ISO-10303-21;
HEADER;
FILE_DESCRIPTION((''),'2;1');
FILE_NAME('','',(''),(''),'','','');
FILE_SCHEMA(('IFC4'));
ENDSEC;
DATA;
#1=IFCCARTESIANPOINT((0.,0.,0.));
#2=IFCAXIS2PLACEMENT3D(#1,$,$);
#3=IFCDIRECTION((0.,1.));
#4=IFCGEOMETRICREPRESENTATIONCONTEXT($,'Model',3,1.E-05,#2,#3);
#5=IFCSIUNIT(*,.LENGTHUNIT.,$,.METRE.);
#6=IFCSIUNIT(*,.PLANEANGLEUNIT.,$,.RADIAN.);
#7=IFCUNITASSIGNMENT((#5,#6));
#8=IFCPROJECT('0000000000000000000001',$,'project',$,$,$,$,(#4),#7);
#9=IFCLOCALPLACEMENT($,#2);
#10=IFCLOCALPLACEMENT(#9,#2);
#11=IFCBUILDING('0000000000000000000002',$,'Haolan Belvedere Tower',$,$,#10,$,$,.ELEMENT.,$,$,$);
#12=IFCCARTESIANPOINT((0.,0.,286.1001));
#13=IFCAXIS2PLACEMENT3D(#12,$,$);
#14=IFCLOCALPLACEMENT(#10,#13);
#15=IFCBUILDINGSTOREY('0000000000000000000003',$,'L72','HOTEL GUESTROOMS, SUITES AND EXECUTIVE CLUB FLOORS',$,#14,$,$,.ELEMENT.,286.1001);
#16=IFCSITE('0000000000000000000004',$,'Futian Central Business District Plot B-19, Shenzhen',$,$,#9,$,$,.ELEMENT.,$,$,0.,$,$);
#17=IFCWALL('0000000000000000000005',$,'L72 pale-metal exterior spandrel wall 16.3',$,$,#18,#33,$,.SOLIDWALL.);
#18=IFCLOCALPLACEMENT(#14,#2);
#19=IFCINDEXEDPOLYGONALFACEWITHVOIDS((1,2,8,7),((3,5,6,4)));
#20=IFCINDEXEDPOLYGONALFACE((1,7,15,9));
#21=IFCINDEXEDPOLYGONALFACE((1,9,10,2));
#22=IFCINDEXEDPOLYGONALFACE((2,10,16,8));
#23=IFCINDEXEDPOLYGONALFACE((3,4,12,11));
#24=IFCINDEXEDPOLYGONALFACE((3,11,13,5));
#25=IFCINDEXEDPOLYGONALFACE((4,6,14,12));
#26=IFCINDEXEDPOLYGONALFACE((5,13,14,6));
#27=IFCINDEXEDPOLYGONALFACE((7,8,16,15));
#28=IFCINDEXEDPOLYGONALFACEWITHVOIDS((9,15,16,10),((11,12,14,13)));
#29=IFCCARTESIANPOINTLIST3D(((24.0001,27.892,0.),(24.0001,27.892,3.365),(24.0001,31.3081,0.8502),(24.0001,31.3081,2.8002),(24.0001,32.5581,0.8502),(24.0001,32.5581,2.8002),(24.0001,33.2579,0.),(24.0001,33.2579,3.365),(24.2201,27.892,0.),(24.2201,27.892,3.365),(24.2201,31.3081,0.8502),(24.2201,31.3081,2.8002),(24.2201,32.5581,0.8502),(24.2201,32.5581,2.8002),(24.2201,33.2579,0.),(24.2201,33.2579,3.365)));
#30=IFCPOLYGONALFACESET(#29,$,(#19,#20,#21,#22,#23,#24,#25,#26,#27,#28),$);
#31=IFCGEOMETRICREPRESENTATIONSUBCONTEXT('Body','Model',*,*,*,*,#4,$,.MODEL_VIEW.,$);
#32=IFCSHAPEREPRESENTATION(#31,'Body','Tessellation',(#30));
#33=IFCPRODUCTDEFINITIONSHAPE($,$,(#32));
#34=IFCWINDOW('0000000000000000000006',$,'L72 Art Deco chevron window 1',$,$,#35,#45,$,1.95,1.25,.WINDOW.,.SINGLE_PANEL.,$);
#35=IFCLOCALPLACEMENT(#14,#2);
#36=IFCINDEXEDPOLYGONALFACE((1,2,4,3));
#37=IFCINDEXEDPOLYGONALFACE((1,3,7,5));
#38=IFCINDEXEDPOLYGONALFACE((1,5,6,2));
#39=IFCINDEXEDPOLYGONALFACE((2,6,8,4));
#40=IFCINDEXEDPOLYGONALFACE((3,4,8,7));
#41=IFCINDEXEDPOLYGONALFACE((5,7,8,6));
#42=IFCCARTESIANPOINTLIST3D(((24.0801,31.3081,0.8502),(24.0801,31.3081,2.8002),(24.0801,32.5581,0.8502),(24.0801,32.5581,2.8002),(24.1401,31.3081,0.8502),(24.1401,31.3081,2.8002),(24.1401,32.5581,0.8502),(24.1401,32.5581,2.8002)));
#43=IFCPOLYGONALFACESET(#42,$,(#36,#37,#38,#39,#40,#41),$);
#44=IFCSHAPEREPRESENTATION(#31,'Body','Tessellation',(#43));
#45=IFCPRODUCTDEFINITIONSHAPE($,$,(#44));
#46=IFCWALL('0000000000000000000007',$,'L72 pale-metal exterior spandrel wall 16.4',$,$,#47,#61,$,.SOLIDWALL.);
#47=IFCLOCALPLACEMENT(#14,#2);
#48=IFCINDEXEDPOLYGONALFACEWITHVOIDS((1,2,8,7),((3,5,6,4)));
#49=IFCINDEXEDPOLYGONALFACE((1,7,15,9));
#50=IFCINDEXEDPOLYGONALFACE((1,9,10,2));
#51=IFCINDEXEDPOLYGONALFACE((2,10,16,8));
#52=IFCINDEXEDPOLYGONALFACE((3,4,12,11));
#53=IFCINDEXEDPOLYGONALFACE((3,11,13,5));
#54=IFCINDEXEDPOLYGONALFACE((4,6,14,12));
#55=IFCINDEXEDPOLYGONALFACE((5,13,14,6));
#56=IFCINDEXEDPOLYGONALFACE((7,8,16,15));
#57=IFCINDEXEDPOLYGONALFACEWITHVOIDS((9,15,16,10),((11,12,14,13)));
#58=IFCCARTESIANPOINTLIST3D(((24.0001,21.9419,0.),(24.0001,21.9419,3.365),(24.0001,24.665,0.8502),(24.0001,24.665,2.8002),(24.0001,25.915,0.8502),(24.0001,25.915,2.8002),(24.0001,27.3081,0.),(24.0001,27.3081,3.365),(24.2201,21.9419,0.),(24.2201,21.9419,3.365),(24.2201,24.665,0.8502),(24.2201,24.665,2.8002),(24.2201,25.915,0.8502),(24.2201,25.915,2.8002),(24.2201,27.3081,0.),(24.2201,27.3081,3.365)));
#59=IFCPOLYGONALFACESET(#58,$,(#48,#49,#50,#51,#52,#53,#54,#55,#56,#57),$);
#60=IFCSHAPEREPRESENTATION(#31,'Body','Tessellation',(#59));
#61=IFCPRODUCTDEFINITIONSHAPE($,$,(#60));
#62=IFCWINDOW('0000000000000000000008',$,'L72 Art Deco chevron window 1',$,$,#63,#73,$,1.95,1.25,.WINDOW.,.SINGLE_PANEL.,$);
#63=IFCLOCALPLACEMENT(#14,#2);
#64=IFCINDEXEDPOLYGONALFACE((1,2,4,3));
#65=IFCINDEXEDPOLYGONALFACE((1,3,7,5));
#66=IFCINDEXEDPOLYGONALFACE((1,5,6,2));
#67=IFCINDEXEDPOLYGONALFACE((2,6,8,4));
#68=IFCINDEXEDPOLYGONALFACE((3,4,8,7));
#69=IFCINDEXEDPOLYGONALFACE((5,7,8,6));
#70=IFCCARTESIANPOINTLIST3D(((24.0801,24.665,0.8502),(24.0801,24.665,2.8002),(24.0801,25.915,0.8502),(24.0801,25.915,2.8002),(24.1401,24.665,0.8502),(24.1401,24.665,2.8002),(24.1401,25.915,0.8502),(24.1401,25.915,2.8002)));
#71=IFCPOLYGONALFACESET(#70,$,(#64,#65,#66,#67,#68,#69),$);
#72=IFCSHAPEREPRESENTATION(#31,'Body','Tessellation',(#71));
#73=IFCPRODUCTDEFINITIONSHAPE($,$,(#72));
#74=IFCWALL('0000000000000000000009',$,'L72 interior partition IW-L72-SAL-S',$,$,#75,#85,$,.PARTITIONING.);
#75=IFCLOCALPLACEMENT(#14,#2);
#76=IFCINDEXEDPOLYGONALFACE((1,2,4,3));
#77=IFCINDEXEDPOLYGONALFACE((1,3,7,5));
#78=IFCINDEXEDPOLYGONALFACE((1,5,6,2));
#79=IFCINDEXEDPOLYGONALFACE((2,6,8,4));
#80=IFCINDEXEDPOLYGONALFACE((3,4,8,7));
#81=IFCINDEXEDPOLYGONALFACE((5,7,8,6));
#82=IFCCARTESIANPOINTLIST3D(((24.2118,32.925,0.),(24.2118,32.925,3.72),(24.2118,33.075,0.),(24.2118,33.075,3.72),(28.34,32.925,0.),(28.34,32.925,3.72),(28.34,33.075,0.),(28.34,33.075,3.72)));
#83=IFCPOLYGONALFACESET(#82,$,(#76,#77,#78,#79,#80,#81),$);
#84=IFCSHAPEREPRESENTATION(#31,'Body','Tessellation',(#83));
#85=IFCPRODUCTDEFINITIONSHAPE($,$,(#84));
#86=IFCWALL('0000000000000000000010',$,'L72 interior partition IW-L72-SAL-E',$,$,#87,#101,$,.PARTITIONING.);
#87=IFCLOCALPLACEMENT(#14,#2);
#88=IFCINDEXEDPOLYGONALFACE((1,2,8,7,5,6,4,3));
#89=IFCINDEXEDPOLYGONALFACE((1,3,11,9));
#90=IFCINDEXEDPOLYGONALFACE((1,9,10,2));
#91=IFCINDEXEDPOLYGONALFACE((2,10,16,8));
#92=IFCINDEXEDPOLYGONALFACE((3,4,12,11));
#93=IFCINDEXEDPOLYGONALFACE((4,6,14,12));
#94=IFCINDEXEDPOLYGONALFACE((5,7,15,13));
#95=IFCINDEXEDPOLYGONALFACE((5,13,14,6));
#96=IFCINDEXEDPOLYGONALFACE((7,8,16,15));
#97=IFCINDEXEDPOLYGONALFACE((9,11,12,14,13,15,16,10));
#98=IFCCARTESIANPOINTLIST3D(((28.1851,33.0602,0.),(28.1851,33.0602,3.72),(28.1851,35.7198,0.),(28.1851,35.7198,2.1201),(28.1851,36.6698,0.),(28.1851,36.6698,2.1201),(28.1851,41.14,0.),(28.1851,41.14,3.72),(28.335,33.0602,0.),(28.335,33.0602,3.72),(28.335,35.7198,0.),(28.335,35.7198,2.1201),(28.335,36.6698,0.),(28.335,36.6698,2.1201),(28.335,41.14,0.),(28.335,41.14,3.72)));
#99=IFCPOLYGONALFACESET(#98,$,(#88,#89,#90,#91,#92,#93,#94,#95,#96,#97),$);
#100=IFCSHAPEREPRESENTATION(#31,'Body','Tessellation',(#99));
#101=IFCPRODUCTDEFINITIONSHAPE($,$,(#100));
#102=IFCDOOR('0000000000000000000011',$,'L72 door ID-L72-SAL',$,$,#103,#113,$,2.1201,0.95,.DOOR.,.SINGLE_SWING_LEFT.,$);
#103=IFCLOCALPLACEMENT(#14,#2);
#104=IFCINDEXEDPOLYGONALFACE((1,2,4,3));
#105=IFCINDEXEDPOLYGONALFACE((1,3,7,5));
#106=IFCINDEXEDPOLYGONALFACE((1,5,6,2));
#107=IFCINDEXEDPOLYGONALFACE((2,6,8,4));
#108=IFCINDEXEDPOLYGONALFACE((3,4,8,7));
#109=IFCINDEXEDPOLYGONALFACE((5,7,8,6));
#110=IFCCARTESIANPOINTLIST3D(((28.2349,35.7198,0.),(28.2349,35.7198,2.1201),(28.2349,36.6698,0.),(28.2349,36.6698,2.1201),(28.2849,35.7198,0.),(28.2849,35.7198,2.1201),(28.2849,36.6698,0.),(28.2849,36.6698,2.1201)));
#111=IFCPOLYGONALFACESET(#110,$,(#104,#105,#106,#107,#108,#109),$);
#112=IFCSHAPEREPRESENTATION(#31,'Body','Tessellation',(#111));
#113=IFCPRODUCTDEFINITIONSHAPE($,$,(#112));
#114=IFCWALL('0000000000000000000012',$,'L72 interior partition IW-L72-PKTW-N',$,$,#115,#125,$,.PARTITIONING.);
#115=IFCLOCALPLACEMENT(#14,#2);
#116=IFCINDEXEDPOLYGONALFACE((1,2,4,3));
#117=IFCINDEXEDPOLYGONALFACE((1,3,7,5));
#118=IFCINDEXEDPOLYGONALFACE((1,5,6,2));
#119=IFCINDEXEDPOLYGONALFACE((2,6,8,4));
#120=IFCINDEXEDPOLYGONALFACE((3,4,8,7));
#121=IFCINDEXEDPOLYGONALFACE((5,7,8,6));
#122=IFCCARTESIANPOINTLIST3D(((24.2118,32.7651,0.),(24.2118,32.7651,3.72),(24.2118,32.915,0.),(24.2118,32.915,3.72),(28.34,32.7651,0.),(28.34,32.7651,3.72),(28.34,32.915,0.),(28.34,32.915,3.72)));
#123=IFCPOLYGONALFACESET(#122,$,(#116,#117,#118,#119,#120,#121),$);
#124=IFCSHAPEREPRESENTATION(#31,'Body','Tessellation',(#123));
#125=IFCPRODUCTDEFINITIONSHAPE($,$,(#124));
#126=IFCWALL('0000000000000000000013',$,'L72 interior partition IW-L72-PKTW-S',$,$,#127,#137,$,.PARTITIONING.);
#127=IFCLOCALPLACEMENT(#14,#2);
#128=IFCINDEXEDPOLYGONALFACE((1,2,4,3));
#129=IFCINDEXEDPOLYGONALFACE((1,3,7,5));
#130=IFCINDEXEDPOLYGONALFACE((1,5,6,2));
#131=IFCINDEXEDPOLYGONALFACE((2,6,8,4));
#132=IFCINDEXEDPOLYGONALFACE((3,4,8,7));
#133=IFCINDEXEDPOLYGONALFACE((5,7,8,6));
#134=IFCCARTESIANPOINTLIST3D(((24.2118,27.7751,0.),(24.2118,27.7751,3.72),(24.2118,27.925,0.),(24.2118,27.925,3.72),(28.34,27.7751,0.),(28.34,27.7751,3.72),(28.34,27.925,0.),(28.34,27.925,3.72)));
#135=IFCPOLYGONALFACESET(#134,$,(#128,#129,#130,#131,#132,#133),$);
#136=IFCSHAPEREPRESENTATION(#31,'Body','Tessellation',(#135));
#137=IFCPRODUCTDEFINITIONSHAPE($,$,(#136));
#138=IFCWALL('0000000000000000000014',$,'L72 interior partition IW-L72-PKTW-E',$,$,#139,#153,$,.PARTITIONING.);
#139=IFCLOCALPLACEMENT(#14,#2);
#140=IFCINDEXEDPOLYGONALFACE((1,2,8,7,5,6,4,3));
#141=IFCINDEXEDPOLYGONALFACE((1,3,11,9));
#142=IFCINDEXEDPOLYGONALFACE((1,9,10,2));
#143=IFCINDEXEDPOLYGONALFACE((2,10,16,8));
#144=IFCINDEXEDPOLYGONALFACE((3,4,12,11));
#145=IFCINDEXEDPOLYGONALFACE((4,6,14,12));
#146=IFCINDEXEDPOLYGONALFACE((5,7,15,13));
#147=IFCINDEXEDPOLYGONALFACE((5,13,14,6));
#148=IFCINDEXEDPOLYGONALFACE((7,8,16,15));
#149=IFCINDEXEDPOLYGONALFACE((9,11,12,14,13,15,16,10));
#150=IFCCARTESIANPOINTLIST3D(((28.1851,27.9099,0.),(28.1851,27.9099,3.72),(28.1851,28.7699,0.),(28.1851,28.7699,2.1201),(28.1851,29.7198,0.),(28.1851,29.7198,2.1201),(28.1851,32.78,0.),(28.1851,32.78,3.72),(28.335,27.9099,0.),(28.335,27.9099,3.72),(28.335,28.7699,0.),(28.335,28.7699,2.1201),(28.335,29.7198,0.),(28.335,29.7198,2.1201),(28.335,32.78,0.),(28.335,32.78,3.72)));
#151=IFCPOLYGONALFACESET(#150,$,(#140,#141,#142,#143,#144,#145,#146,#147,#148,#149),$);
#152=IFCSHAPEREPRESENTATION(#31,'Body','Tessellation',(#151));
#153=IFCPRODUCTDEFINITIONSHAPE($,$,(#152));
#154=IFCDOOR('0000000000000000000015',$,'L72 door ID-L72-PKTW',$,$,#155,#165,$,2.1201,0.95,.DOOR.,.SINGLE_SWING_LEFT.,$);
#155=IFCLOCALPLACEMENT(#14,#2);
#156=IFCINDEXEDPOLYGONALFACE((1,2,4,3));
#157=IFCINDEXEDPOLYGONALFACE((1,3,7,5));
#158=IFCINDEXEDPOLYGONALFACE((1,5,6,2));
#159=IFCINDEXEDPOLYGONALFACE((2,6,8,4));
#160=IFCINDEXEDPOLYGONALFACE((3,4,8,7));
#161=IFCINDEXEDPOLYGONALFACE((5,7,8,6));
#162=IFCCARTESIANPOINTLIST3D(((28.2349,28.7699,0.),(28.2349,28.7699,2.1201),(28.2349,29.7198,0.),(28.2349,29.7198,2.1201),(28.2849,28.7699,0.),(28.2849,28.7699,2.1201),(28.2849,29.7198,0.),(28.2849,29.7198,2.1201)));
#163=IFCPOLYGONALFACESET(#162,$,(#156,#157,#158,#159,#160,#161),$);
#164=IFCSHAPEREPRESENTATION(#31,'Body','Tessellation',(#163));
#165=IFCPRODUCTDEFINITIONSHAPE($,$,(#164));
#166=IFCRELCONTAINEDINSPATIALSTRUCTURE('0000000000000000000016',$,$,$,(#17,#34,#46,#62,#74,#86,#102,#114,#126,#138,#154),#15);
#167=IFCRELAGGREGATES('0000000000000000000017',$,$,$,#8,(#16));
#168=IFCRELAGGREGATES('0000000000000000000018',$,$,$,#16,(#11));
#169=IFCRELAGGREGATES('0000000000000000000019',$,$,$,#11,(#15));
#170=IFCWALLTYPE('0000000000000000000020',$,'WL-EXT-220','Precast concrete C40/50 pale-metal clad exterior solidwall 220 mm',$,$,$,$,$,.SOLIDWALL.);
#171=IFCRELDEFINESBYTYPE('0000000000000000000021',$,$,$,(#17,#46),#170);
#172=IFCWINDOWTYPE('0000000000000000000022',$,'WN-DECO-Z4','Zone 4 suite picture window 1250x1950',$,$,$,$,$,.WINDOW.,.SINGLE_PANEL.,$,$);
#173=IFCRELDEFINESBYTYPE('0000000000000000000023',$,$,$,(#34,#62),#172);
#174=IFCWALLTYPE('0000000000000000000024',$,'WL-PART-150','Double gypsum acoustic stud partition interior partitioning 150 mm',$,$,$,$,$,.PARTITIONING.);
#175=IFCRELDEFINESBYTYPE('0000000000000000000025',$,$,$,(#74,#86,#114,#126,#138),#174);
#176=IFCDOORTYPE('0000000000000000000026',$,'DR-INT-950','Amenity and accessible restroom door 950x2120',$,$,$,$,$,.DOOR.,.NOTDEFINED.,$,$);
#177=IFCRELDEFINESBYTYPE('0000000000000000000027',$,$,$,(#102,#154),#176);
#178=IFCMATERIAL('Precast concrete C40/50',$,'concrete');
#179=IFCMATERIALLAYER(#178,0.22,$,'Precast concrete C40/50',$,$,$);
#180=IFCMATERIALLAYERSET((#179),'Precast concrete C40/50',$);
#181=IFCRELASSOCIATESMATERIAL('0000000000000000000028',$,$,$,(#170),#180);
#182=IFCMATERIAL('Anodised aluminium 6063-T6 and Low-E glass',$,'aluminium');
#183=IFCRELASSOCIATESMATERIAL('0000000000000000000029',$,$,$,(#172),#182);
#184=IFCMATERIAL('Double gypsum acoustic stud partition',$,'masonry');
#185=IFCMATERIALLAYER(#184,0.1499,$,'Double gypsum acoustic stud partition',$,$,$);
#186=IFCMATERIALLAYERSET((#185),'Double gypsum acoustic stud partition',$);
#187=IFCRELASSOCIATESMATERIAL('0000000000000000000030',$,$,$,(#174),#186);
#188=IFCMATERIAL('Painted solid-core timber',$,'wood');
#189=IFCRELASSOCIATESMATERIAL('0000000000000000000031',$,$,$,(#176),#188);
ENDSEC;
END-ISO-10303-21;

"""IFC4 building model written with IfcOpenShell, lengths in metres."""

from ifc_helpers import new_model, si_unit, direction, frame, frame_2d, origin, place, context, subcontext, project, spatial, rectangle, extrude, material, layer, layer_set, type_object, element, fill, save


model = new_model("IFC4")

# Units and contexts
model_context = context("Model", 3, precision=1e-05, world=origin(), true_north=direction((0.0, 1.0)))
body_context = subcontext(model_context, "Body", "Model", "MODEL_VIEW")
ifc_project = project(units=[si_unit("LENGTHUNIT", "METRE"), si_unit("PLANEANGLEUNIT", "RADIAN")], contexts=[model_context])

# Site, building, storey
site_placement = place(None, origin())
site = spatial("IfcSite", under=ifc_project, at=site_placement, Name="Futian Central Business District Plot B-19, Shenzhen", CompositionType="ELEMENT", RefElevation=0.0)
building_placement = place(site_placement, origin())
building = spatial("IfcBuilding", under=site, at=building_placement, Name="Haolan Belvedere Tower", CompositionType="ELEMENT")
storey_placement = place(building_placement, frame((0.0, 0.0, 286.1001)))
storey = spatial("IfcBuildingStorey", under=building, at=storey_placement, Name="L72", Description="HOTEL GUESTROOMS, SUITES AND EXECUTIVE CLUB FLOORS", CompositionType="ELEMENT", Elevation=286.1001)

# Walls, openings, windows
ifc_material_1 = material(Name="Precast concrete C40/50", Category="concrete")
ifc_layer_1 = layer(ifc_material_1, 0.22, Name="Precast concrete C40/50")
ifc_layer_set_1 = layer_set([ifc_layer_1], Name="Precast concrete C40/50")
wall_type_1 = type_object("IfcWallType", Name="WL-EXT-220", Description="Precast concrete C40/50 pale-metal clad exterior solidwall 220 mm", PredefinedType="SOLIDWALL", material=ifc_layer_set_1)
wall_1_placement = place(storey_placement, frame((24.1101, 33.2581, 0.0), z_axis=(0.0, 0.0, 1.0), x_axis=(0.0, -1.0, 0.0)))
wall_1 = element("IfcWall", 1, at=wall_1_placement, inside=storey, type_object=wall_type_1, Name="L72 pale-metal exterior spandrel wall 16.3", PredefinedType="SOLIDWALL", context=body_context, shape_type="SweptSolid", body=[
    extrude(rectangle(XDim=5.366, YDim=0.22, at=frame_2d((2.6831, 0.0))), origin(), (0.0, 0.0, 1.0), 3.365),
])
opening_1_placement = place(wall_1_placement, frame((0.7, 0.0, 0.8501)))
opening_1 = element("IfcOpeningElement", 2, at=opening_1_placement, cuts=wall_1, PredefinedType="OPENING", context=body_context, shape_type="SweptSolid", body=[
    extrude(rectangle(XDim=1.25, YDim=1.95, at=frame_2d((0.625, 0.9751))), frame((0.0, 0.1199, 0.0), z_axis=(0.0, -1.0, 0.0), x_axis=(1.0, 0.0, 0.0)), (0.0, 0.0, 1.0), 0.24),
])
ifc_material_2 = material(Name="Anodised aluminium 6063-T6 and Low-E glass", Category="aluminium")
window_type = type_object("IfcWindowType", Name="WN-DECO-Z4", Description="Zone 4 suite picture window 1250x1950", PartitioningType="SINGLE_PANEL", PredefinedType="WINDOW", material=ifc_material_2)
window_1_placement = place(opening_1_placement, origin())
window_1 = element("IfcWindow", 3, at=window_1_placement, inside=storey, type_object=window_type, Name="L72 Art Deco chevron window 1", OverallHeight=1.95, OverallWidth=1.25, PartitioningType="SINGLE_PANEL", PredefinedType="WINDOW", context=body_context, shape_type="SweptSolid", body=[
    extrude(rectangle(XDim=1.25, YDim=1.95, at=frame_2d((0.625, 0.9751))), frame((0.0, 0.03, 0.0), z_axis=(0.0, -1.0, 0.0), x_axis=(1.0, 0.0, 0.0)), (0.0, 0.0, 1.0), 0.0601),
])
fill(opening_1, window_1)
wall_2_placement = place(storey_placement, frame((24.1101, 27.3081, 0.0), z_axis=(0.0, 0.0, 1.0), x_axis=(0.0, -1.0, 0.0)))
wall_2 = element("IfcWall", 4, at=wall_2_placement, inside=storey, type_object=wall_type_1, Name="L72 pale-metal exterior spandrel wall 16.4", PredefinedType="SOLIDWALL", context=body_context, shape_type="SweptSolid", body=[
    extrude(rectangle(XDim=5.3662, YDim=0.22, at=frame_2d((2.6831, 0.0))), origin(), (0.0, 0.0, 1.0), 3.365),
])
opening_2_placement = place(wall_2_placement, frame((1.3931, 0.0, 0.8501)))
opening_2 = element("IfcOpeningElement", 5, at=opening_2_placement, cuts=wall_2, PredefinedType="OPENING", context=body_context, shape_type="SweptSolid", body=[
    extrude(rectangle(XDim=1.25, YDim=1.95, at=frame_2d((0.625, 0.9751))), frame((0.0, 0.1199, 0.0), z_axis=(0.0, -1.0, 0.0), x_axis=(1.0, 0.0, 0.0)), (0.0, 0.0, 1.0), 0.24),
])
window_2_placement = place(opening_2_placement, origin())
window_2 = element("IfcWindow", 6, at=window_2_placement, inside=storey, type_object=window_type, Name="L72 Art Deco chevron window 1", OverallHeight=1.95, OverallWidth=1.25, PartitioningType="SINGLE_PANEL", PredefinedType="WINDOW", context=body_context, shape_type="SweptSolid", body=[
    extrude(rectangle(XDim=1.25, YDim=1.95, at=frame_2d((0.625, 0.9751))), frame((0.0, 0.03, 0.0), z_axis=(0.0, -1.0, 0.0), x_axis=(1.0, 0.0, 0.0)), (0.0, 0.0, 1.0), 0.0601),
])
fill(opening_2, window_2)

# Wall
ifc_material_3 = material(Name="Double gypsum acoustic stud partition", Category="masonry")
ifc_layer_2 = layer(ifc_material_3, 0.1499, Name="Double gypsum acoustic stud partition")
ifc_layer_set_2 = layer_set([ifc_layer_2], Name="Double gypsum acoustic stud partition")
wall_type_2 = type_object("IfcWallType", Name="WL-PART-150", Description="Double gypsum acoustic stud partition interior partitioning 150 mm", PredefinedType="PARTITIONING", material=ifc_layer_set_2)
wall_3_placement = place(storey_placement, frame((24.2119, 33.0, 0.0), z_axis=(0.0, 0.0, 1.0), x_axis=(1.0, 0.0, 0.0)))
element("IfcWall", 7, at=wall_3_placement, inside=storey, type_object=wall_type_2, Name="L72 interior partition IW-L72-SAL-S", PredefinedType="PARTITIONING", context=body_context, shape_type="SweptSolid", body=[
    extrude(rectangle(XDim=4.1282, YDim=0.1499, at=frame_2d((2.064, 0.0))), origin(), (0.0, 0.0, 1.0), 3.72),
])

# Wall, opening, door
wall_4_placement = place(storey_placement, frame((28.26, 33.0601, 0.0), z_axis=(0.0, 0.0, 1.0), x_axis=(0.0, 1.0, 0.0)))
wall_4 = element("IfcWall", 8, at=wall_4_placement, inside=storey, type_object=wall_type_2, Name="L72 interior partition IW-L72-SAL-E", PredefinedType="PARTITIONING", context=body_context, shape_type="SweptSolid", body=[
    extrude(rectangle(XDim=8.0798, YDim=0.1499, at=frame_2d((4.04, 0.0))), origin(), (0.0, 0.0, 1.0), 3.72),
])
opening_3_placement = place(wall_4_placement, frame((3.6099, 0.0, 0.0), z_axis=(0.0, 0.0, 1.0), x_axis=(-1.0, 0.0, 0.0)))
opening_3 = element("IfcOpeningElement", 9, at=opening_3_placement, cuts=wall_4, PredefinedType="OPENING", context=body_context, shape_type="SweptSolid", body=[
    extrude(rectangle(XDim=0.95, YDim=2.1201, at=frame_2d((0.4751, 1.0601))), frame((0.0, 0.085, 0.0), z_axis=(0.0, -1.0, 0.0), x_axis=(1.0, 0.0, 0.0)), (0.0, 0.0, 1.0), 0.1699),
])
ifc_material_4 = material(Name="Painted solid-core timber", Category="wood")
door_type_1 = type_object("IfcDoorType", Name="DR-INT-950", Description="Amenity and accessible restroom door 950x2120", OperationType="NOTDEFINED", PredefinedType="DOOR", material=ifc_material_4)
door_1_placement = place(opening_3_placement, origin())
door_1 = element("IfcDoor", 10, at=door_1_placement, inside=storey, type_object=door_type_1, Name="L72 door ID-L72-SAL", OperationType="SINGLE_SWING_LEFT", OverallHeight=2.1201, OverallWidth=0.95, PredefinedType="DOOR", context=body_context, shape_type="SweptSolid", body=[
    extrude(rectangle(XDim=0.95, YDim=2.1201, at=frame_2d((0.4751, 1.0601))), frame((0.0, 0.0249, 0.0), z_axis=(0.0, -1.0, 0.0), x_axis=(1.0, 0.0, 0.0)), (0.0, 0.0, 1.0), 0.05),
])
fill(opening_3, door_1)

# Walls
for number, where, z_axis, x_axis, name in (
    (11, (24.2119, 32.8401, 0.0), (0.0, 0.0, 1.0), (1.0, 0.0, 0.0), "L72 interior partition IW-L72-PKTW-N"),
    (12, (24.2119, 27.8501, 0.0), (0.0, 0.0, 1.0), (1.0, 0.0, 0.0), "L72 interior partition IW-L72-PKTW-S"),
):
    element("IfcWall", number, at=place(storey_placement, frame(where, z_axis=z_axis, x_axis=x_axis)), inside=storey, type_object=wall_type_2, Name=name, PredefinedType="PARTITIONING", context=body_context, shape_type="SweptSolid", body=[
        extrude(rectangle(XDim=4.1282, YDim=0.1499, at=frame_2d((2.064, 0.0))), origin(), (0.0, 0.0, 1.0), 3.72),
    ])

# Wall, opening, door
wall_5_placement = place(storey_placement, frame((28.26, 27.9099, 0.0), z_axis=(0.0, 0.0, 1.0), x_axis=(0.0, 1.0, 0.0)))
wall_5 = element("IfcWall", 13, at=wall_5_placement, inside=storey, type_object=wall_type_2, Name="L72 interior partition IW-L72-PKTW-E", PredefinedType="PARTITIONING", context=body_context, shape_type="SweptSolid", body=[
    extrude(rectangle(XDim=4.8701, YDim=0.1499, at=frame_2d((2.4351, 0.0))), origin(), (0.0, 0.0, 1.0), 3.72),
])
opening_4_placement = place(wall_5_placement, frame((1.8101, 0.0, 0.0), z_axis=(0.0, 0.0, 1.0), x_axis=(-1.0, 0.0, 0.0)))
opening_4 = element("IfcOpeningElement", 14, at=opening_4_placement, cuts=wall_5, PredefinedType="OPENING", context=body_context, shape_type="SweptSolid", body=[
    extrude(rectangle(XDim=0.95, YDim=2.1201, at=frame_2d((0.4751, 1.0601))), frame((0.0, 0.085, 0.0), z_axis=(0.0, -1.0, 0.0), x_axis=(1.0, 0.0, 0.0)), (0.0, 0.0, 1.0), 0.1699),
])
door_2_placement = place(opening_4_placement, origin())
door_2 = element("IfcDoor", 15, at=door_2_placement, inside=storey, type_object=door_type_1, Name="L72 door ID-L72-PKTW", OperationType="SINGLE_SWING_LEFT", OverallHeight=2.1201, OverallWidth=0.95, PredefinedType="DOOR", context=body_context, shape_type="SweptSolid", body=[
    extrude(rectangle(XDim=0.95, YDim=2.1201, at=frame_2d((0.4751, 1.0601))), frame((0.0, 0.0249, 0.0), z_axis=(0.0, -1.0, 0.0), x_axis=(1.0, 0.0, 0.0)), (0.0, 0.0, 1.0), 0.05),
])
fill(opening_4, door_2)

save(model, "model.ifc")
